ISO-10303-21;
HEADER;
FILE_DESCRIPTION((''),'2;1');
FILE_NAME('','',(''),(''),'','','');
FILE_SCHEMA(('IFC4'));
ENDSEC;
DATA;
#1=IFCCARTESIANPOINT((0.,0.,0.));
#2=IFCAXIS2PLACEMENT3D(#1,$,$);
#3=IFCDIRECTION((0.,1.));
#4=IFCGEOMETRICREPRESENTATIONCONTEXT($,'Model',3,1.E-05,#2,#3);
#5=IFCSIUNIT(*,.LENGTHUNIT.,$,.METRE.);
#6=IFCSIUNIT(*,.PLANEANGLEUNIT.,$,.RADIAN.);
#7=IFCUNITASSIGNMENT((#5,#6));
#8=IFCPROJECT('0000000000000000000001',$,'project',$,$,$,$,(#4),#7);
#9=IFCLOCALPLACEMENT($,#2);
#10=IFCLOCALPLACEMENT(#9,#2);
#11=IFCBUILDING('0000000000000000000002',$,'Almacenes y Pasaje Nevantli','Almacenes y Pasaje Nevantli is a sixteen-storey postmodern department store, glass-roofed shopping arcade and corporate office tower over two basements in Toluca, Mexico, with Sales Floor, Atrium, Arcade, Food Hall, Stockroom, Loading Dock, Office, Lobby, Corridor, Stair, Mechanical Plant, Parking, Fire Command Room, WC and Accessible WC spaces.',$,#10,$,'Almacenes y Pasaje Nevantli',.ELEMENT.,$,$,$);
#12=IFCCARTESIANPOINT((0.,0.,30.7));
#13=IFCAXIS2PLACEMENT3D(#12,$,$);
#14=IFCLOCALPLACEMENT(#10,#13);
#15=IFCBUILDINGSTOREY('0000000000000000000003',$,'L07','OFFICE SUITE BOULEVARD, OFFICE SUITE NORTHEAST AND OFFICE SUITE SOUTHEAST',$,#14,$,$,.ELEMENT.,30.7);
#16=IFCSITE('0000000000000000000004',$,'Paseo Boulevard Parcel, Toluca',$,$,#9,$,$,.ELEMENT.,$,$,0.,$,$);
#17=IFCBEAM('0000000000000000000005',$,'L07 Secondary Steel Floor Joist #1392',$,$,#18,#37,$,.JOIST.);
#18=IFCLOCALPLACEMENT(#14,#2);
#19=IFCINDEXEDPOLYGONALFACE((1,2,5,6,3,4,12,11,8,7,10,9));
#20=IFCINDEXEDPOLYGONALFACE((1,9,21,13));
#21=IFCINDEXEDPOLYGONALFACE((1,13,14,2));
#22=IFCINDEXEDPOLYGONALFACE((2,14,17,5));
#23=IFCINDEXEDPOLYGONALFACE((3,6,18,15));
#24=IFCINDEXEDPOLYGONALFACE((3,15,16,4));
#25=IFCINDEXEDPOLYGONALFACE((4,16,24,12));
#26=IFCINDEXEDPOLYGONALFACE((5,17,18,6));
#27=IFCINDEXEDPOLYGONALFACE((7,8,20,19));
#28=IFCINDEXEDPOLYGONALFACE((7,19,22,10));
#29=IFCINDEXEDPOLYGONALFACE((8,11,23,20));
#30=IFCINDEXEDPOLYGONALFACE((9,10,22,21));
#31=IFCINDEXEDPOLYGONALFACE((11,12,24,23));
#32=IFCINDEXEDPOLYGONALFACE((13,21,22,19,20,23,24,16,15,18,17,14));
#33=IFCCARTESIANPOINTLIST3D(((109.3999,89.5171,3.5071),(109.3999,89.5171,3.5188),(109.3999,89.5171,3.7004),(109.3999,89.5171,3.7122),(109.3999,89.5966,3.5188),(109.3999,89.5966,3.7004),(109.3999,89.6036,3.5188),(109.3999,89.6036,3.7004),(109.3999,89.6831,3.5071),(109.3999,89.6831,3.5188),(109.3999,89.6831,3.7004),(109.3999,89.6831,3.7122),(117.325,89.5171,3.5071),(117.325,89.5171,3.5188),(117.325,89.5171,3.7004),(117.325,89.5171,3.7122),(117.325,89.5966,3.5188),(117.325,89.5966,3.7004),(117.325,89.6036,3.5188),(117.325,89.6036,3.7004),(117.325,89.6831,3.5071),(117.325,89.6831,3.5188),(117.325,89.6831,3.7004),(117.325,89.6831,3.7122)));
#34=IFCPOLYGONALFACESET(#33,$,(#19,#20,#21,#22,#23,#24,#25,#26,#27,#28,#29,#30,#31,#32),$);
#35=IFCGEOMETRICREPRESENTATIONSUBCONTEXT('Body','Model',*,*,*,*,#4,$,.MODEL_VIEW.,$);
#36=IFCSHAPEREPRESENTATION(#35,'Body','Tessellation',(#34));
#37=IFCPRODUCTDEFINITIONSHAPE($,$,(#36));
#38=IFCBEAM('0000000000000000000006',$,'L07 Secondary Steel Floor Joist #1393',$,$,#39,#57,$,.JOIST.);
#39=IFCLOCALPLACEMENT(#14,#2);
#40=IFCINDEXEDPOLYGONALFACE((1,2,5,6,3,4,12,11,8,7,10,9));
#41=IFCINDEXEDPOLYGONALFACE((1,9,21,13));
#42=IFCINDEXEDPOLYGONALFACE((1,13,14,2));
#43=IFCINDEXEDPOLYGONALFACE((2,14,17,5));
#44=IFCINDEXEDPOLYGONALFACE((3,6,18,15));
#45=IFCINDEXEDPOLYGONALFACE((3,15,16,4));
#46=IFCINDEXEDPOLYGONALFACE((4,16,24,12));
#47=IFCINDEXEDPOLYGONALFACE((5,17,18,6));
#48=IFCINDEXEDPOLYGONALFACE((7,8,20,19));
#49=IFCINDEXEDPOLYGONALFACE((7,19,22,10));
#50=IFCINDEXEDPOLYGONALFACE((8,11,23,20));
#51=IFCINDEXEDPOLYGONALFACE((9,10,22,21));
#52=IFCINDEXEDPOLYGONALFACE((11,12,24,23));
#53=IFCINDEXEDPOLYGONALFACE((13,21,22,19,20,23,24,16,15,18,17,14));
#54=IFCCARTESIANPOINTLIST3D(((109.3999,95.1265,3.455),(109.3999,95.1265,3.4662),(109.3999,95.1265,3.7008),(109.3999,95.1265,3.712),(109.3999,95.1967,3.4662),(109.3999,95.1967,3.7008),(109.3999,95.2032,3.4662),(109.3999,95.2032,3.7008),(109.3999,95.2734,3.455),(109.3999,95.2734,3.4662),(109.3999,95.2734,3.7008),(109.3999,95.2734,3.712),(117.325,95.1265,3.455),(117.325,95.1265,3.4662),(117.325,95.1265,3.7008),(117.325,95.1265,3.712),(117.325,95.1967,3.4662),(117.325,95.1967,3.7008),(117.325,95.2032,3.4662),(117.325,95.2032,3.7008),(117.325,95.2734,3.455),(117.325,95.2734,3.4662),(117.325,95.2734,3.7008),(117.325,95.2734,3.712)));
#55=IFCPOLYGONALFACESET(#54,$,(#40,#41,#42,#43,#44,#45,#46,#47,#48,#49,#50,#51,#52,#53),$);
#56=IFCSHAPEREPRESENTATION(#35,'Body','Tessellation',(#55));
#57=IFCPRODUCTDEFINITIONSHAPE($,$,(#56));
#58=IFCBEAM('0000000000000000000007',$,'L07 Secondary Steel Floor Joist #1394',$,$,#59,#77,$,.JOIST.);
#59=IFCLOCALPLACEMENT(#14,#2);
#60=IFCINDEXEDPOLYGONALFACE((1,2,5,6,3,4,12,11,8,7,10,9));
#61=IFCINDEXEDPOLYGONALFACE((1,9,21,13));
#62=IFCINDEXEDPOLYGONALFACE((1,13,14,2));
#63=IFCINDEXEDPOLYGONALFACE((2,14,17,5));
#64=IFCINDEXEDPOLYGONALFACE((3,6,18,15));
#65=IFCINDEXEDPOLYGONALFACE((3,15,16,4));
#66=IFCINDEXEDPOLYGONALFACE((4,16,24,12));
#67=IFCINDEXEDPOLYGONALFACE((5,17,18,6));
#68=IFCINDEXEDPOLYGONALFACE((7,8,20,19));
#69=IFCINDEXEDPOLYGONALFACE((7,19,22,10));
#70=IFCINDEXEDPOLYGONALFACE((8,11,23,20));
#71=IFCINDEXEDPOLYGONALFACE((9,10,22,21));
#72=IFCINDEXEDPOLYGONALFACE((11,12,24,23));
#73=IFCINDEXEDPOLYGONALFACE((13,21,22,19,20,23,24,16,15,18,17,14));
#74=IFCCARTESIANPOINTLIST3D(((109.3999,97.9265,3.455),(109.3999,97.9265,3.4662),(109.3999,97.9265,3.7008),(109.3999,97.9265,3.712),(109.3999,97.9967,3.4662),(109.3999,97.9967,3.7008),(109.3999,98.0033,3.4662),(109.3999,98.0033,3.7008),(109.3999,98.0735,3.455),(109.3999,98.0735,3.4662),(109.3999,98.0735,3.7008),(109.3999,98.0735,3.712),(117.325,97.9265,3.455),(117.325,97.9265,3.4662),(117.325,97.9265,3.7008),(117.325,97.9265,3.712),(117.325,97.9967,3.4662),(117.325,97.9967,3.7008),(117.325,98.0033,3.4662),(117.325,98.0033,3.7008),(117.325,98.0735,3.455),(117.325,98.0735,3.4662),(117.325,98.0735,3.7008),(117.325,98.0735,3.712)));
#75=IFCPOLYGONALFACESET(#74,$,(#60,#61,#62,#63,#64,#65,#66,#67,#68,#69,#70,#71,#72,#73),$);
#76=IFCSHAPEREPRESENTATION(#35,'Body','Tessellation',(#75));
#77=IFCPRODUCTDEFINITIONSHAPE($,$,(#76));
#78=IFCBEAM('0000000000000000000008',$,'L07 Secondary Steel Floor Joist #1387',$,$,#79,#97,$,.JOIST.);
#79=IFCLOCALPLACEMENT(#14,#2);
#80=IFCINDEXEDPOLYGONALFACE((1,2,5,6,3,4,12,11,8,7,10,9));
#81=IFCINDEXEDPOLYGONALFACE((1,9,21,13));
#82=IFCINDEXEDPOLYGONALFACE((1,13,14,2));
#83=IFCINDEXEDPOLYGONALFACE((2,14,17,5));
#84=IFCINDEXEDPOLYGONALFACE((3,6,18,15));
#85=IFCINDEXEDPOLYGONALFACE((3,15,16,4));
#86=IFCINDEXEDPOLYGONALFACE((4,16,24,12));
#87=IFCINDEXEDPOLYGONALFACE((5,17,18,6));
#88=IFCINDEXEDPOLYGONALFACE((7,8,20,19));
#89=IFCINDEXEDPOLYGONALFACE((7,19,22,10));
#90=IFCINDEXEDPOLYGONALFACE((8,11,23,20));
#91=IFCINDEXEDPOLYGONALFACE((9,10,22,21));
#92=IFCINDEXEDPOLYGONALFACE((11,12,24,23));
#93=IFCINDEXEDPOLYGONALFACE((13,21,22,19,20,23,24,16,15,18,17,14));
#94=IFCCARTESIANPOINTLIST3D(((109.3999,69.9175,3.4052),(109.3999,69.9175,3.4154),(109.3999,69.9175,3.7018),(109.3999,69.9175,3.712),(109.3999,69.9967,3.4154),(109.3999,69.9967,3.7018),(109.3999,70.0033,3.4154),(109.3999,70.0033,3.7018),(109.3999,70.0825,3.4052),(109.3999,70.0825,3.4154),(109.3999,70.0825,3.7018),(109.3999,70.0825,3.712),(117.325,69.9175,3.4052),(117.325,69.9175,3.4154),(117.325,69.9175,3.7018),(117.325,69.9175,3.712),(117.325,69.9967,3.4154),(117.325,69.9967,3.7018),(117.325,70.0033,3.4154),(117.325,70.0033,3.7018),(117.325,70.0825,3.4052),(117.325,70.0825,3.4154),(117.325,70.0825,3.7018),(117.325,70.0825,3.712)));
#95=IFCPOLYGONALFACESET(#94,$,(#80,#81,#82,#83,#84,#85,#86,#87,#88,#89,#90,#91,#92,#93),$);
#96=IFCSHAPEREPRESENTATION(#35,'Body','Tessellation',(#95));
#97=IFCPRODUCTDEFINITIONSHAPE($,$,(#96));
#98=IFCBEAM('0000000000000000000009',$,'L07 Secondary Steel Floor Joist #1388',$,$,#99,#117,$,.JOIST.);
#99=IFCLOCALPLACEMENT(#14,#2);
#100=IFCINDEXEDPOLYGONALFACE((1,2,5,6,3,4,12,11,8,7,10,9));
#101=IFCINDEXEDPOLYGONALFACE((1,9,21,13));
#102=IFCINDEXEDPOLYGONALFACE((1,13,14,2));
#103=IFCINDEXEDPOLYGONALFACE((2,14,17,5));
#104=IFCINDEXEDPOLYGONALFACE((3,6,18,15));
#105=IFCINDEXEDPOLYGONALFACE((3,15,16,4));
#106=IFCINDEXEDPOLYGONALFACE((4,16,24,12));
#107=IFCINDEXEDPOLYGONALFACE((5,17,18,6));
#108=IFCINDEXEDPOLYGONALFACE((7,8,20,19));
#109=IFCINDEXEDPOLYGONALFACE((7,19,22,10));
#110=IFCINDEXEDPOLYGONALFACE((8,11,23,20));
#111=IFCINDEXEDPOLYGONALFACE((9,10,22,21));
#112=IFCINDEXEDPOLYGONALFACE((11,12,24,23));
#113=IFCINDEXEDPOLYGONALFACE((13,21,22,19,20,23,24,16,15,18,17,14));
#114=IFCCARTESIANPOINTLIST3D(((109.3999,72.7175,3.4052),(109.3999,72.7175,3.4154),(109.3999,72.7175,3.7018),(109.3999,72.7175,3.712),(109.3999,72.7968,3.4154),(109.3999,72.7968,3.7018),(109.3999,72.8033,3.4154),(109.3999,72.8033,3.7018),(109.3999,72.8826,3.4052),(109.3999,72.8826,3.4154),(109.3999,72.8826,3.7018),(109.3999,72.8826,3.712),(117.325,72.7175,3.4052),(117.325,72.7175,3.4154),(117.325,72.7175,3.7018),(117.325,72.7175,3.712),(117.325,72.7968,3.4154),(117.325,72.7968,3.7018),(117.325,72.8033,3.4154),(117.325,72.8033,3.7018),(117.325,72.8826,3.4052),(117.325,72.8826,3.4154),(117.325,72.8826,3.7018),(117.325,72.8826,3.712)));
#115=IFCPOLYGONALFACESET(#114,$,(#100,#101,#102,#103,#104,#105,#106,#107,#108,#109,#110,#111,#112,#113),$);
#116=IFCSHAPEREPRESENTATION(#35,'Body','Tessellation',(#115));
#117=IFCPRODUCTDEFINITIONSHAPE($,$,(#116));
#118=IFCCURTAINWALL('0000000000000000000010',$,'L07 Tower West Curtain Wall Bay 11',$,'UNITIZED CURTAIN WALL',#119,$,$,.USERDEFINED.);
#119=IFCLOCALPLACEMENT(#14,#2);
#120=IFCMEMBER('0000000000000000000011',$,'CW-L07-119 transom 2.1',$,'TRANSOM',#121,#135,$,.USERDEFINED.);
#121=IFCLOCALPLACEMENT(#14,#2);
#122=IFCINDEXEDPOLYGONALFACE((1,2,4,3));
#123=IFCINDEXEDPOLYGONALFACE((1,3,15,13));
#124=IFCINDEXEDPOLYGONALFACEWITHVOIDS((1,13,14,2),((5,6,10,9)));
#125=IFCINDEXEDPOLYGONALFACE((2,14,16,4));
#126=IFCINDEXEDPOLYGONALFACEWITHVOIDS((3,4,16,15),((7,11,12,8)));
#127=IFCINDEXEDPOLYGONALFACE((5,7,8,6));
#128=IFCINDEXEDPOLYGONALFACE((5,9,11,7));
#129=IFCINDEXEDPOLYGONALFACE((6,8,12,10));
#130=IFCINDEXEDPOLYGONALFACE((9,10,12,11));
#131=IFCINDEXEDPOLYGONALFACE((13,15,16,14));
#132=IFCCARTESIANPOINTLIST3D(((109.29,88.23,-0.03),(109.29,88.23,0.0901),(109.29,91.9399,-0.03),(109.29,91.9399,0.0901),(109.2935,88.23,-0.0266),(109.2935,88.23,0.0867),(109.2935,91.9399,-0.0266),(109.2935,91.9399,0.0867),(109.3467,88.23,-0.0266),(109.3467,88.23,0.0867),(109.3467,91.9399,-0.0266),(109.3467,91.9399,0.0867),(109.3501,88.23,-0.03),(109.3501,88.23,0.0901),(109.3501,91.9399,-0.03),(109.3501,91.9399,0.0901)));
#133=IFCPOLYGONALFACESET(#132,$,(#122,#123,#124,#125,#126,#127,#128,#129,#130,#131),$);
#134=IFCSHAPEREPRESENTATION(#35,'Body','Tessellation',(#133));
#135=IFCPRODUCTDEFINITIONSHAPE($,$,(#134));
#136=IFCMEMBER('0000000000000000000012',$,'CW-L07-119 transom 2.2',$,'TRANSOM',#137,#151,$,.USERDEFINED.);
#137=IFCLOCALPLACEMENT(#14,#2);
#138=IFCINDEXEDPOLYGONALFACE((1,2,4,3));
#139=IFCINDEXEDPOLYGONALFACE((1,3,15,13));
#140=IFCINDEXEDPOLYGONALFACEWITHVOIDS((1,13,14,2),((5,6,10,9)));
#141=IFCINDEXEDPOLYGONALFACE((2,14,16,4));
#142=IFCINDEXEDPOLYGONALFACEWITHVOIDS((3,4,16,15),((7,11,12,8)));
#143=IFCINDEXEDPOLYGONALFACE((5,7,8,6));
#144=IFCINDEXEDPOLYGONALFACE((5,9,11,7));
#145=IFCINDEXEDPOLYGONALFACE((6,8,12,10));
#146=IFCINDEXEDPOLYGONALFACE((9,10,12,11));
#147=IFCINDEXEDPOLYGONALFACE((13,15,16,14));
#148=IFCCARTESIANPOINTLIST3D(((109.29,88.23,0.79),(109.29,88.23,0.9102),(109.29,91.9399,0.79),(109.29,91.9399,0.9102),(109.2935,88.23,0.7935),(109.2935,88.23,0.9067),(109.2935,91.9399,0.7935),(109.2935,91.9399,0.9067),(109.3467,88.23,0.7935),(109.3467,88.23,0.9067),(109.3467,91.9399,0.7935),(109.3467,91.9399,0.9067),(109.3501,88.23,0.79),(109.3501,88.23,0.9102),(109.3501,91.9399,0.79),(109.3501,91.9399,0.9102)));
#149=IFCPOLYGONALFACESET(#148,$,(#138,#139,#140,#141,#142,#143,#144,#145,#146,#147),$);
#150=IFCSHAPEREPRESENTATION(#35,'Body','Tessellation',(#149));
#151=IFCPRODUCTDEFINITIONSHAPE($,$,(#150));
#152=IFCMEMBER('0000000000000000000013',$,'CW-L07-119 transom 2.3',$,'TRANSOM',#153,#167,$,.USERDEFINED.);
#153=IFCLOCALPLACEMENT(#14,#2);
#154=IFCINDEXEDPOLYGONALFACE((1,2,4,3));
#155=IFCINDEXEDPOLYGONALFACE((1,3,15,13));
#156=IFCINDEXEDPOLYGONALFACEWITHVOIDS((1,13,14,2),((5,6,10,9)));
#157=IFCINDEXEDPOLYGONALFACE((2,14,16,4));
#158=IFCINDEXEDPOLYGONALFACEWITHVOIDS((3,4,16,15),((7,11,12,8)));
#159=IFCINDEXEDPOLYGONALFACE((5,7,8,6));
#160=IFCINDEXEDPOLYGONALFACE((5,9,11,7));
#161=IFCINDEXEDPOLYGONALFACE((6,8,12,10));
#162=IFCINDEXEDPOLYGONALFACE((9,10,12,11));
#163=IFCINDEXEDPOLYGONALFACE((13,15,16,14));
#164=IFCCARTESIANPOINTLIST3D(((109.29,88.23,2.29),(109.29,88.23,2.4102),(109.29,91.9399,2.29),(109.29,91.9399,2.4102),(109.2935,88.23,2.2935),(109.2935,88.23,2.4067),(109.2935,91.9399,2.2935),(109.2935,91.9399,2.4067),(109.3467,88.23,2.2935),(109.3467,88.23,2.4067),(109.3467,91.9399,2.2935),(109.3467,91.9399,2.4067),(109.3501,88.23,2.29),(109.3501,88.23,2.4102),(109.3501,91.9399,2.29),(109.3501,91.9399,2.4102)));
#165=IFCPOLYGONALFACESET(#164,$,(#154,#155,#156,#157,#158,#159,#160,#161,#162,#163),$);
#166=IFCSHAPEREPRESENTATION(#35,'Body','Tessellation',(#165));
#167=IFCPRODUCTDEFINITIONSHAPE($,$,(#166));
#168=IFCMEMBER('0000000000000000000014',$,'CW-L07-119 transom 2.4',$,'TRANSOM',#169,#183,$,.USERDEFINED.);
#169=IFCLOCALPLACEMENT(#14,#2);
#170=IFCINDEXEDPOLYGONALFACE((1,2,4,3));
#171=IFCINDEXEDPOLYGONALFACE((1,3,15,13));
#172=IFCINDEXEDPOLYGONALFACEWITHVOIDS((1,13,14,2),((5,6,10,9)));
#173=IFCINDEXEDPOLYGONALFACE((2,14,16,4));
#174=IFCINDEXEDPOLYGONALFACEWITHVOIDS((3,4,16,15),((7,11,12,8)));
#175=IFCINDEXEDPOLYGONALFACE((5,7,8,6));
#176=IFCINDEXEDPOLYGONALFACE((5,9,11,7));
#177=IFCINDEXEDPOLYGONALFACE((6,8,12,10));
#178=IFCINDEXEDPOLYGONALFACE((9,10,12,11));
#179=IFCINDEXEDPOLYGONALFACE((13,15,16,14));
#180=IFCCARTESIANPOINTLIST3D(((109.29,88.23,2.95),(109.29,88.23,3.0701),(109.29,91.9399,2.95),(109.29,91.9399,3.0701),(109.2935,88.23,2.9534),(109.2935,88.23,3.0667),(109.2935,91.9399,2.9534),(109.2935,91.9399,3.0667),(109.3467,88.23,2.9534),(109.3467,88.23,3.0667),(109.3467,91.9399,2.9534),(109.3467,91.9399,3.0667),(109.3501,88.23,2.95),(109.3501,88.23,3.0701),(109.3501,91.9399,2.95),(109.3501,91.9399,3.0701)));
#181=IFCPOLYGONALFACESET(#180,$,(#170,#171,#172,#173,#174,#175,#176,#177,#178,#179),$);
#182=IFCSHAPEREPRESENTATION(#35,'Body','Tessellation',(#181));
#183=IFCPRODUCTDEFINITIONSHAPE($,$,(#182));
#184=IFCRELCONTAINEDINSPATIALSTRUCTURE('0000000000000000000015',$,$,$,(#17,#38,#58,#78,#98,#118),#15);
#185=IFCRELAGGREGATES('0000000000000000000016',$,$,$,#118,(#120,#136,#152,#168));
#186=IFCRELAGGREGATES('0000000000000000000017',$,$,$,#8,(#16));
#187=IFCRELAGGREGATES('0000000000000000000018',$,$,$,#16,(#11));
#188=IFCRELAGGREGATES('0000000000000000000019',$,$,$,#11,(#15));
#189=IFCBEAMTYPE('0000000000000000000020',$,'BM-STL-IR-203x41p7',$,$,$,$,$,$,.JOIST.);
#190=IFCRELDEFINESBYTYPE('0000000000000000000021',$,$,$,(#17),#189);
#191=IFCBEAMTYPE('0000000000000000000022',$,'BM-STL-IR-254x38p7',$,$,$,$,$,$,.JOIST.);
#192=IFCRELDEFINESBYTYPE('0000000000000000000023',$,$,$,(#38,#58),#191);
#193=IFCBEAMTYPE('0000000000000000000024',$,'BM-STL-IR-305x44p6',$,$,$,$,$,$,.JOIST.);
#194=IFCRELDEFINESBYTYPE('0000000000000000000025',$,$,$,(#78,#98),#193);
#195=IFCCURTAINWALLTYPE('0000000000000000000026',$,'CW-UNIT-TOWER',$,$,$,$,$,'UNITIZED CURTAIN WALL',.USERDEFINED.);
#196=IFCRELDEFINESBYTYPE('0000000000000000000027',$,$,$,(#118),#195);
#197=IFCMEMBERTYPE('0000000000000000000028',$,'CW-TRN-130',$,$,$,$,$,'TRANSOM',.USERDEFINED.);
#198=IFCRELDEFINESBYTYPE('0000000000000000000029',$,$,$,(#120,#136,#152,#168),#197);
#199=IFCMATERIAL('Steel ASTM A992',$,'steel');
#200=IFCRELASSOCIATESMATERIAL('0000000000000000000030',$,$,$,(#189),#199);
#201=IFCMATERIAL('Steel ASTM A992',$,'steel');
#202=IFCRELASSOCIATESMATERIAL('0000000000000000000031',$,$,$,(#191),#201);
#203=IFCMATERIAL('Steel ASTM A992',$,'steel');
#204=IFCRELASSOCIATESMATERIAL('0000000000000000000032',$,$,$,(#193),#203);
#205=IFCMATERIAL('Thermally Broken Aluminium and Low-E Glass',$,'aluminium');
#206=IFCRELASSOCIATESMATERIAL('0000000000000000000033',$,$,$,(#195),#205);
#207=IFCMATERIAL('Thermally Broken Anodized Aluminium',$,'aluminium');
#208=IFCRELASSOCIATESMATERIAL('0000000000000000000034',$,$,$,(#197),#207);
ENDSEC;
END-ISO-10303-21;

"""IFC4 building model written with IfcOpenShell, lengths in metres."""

from ifc_helpers import new_model, si_unit, direction, frame, origin, origin_2d, place, context, subcontext, project, spatial, hollow_rectangle, i_section, extrude, material, material_profile, profile_set, type_object, element, aggregate, save


model = new_model("IFC4")

# Units and contexts
model_context = context("Model", 3, precision=1e-05, world=origin(), true_north=direction((0.0, 1.0)))
body_context = subcontext(model_context, "Body", "Model", "MODEL_VIEW")
ifc_project = project(units=[si_unit("LENGTHUNIT", "METRE"), si_unit("PLANEANGLEUNIT", "RADIAN")], contexts=[model_context])

# Site, building, storey
site_placement = place(None, origin())
site = spatial("IfcSite", under=ifc_project, at=site_placement, Name="Paseo Boulevard Parcel, Toluca", CompositionType="ELEMENT", RefElevation=0.0)
building_placement = place(site_placement, origin())
building = spatial("IfcBuilding", under=site, at=building_placement, Name="Almacenes y Pasaje Nevantli", Description="Almacenes y Pasaje Nevantli is a sixteen-storey postmodern department store, glass-roofed shopping arcade and corporate office tower over two basements in Toluca, Mexico, with Sales Floor, Atrium, Arcade, Food Hall, Stockroom, Loading Dock, Office, Lobby, Corridor, Stair, Mechanical Plant, Parking, Fire Command Room, WC and Accessible WC spaces.", LongName="Almacenes y Pasaje Nevantli", CompositionType="ELEMENT")
storey_placement = place(building_placement, frame((0.0, 0.0, 30.7)))
storey = spatial("IfcBuildingStorey", under=building, at=storey_placement, Name="L07", Description="OFFICE SUITE BOULEVARD, OFFICE SUITE NORTHEAST AND OFFICE SUITE SOUTHEAST", CompositionType="ELEMENT", Elevation=30.7)

# Beams
ifc_material_1 = material(Name="Steel ASTM A992", Category="steel")
ifc_material_profile_1 = material_profile(ifc_material_1, i_section(OverallWidth=0.166, OverallDepth=0.2051, WebThickness=0.0071, FlangeThickness=0.0117, at=origin_2d()), Name="IR 203x41.7")
ifc_profile_set_1 = profile_set([ifc_material_profile_1], Name="Steel ASTM A992")
beam_type_1 = type_object("IfcBeamType", Name="BM-STL-IR-203x41p7", PredefinedType="JOIST", material=ifc_profile_set_1)
for number, where, z_axis, x_axis, name in (
    (1, (109.3999, 89.6001, 3.6096), (1.0, 0.0, 0.0), (0.0, 1.0, 0.0), "L07 Secondary Steel Floor Joist #1392"),
):
    element("IfcBeam", number, at=place(storey_placement, frame(where, z_axis=z_axis, x_axis=x_axis)), inside=storey, type_object=beam_type_1, Name=name, PredefinedType="JOIST", context=body_context, shape_type="SweptSolid", body=[
        extrude(i_section(OverallWidth=0.166, OverallDepth=0.2051, WebThickness=0.0071, FlangeThickness=0.0117, at=origin_2d()), origin(), (0.0, 0.0, 1.0), 7.925),
    ])
ifc_material_2 = material(Name="Steel ASTM A992", Category="steel")
ifc_material_profile_2 = material_profile(ifc_material_2, i_section(OverallWidth=0.147, OverallDepth=0.2571, WebThickness=0.0066, FlangeThickness=0.0112, at=origin_2d()), Name="IR 254x38.7")
ifc_profile_set_2 = profile_set([ifc_material_profile_2], Name="Steel ASTM A992")
beam_type_2 = type_object("IfcBeamType", Name="BM-STL-IR-254x38p7", PredefinedType="JOIST", material=ifc_profile_set_2)
for number, where, z_axis, x_axis, name in (
    (2, (109.3999, 95.2, 3.5835), (1.0, 0.0, 0.0), (0.0, 1.0, 0.0), "L07 Secondary Steel Floor Joist #1393"),
    (3, (109.3999, 98.0, 3.5835), (1.0, 0.0, 0.0), (0.0, 1.0, 0.0), "L07 Secondary Steel Floor Joist #1394"),
):
    element("IfcBeam", number, at=place(storey_placement, frame(where, z_axis=z_axis, x_axis=x_axis)), inside=storey, type_object=beam_type_2, Name=name, PredefinedType="JOIST", context=body_context, shape_type="SweptSolid", body=[
        extrude(i_section(OverallWidth=0.147, OverallDepth=0.2571, WebThickness=0.0066, FlangeThickness=0.0112, at=origin_2d()), origin(), (0.0, 0.0, 1.0), 7.925),
    ])
ifc_material_3 = material(Name="Steel ASTM A992", Category="steel")
ifc_material_profile_3 = material_profile(ifc_material_3, i_section(OverallWidth=0.165, OverallDepth=0.3069, WebThickness=0.0066, FlangeThickness=0.0103, at=origin_2d()), Name="IR 305x44.6")
ifc_profile_set_3 = profile_set([ifc_material_profile_3], Name="Steel ASTM A992")
beam_type_3 = type_object("IfcBeamType", Name="BM-STL-IR-305x44p6", PredefinedType="JOIST", material=ifc_profile_set_3)
for number, where, z_axis, x_axis, name in (
    (4, (109.3999, 70.0, 3.5586), (1.0, 0.0, 0.0), (0.0, 1.0, 0.0), "L07 Secondary Steel Floor Joist #1387"),
    (5, (109.3999, 72.8, 3.5586), (1.0, 0.0, 0.0), (0.0, 1.0, 0.0), "L07 Secondary Steel Floor Joist #1388"),
):
    element("IfcBeam", number, at=place(storey_placement, frame(where, z_axis=z_axis, x_axis=x_axis)), inside=storey, type_object=beam_type_3, Name=name, PredefinedType="JOIST", context=body_context, shape_type="SweptSolid", body=[
        extrude(i_section(OverallWidth=0.165, OverallDepth=0.3069, WebThickness=0.0066, FlangeThickness=0.0103, at=origin_2d()), origin(), (0.0, 0.0, 1.0), 7.925),
    ])

# Curtain wall, members
ifc_material_4 = material(Name="Thermally Broken Aluminium and Low-E Glass", Category="aluminium")
curtain_wall_type = type_object("IfcCurtainWallType", Name="CW-UNIT-TOWER", ElementType="UNITIZED CURTAIN WALL", PredefinedType="USERDEFINED", material=ifc_material_4)
curtain_wall_placement = place(storey_placement, origin())
curtain_wall = element("IfcCurtainWall", 6, at=curtain_wall_placement, inside=storey, type_object=curtain_wall_type, Name="L07 Tower West Curtain Wall Bay 11", ObjectType="UNITIZED CURTAIN WALL", PredefinedType="USERDEFINED")
ifc_material_5 = material(Name="Thermally Broken Anodized Aluminium", Category="aluminium")
ifc_material_profile_4 = material_profile(ifc_material_5, hollow_rectangle(XDim=0.0601, YDim=0.1201, WallThickness=0.0034, at=origin_2d()), Name="ALU-TRN-60x120")
ifc_profile_set_4 = profile_set([ifc_material_profile_4], Name="Thermally Broken Anodized Aluminium")
member_type = type_object("IfcMemberType", Name="CW-TRN-130", ElementType="TRANSOM", PredefinedType="USERDEFINED", material=ifc_profile_set_4)
member_1_placement = place(storey_placement, frame((109.3201, 88.23, 0.03), z_axis=(0.0, 1.0, 0.0), x_axis=(-1.0, 0.0, 0.0)))
member_1 = element("IfcMember", 7, at=member_1_placement, type_object=member_type, Name="CW-L07-119 transom 2.1", ObjectType="TRANSOM", PredefinedType="USERDEFINED", context=body_context, shape_type="SweptSolid", body=[
    extrude(hollow_rectangle(XDim=0.0601, YDim=0.1201, WallThickness=0.0034, at=origin_2d()), origin(), (0.0, 0.0, 1.0), 3.71),
])
member_2_placement = place(storey_placement, frame((109.3201, 88.23, 0.8501), z_axis=(0.0, 1.0, 0.0), x_axis=(-1.0, 0.0, 0.0)))
member_2 = element("IfcMember", 8, at=member_2_placement, type_object=member_type, Name="CW-L07-119 transom 2.2", ObjectType="TRANSOM", PredefinedType="USERDEFINED", context=body_context, shape_type="SweptSolid", body=[
    extrude(hollow_rectangle(XDim=0.0601, YDim=0.1201, WallThickness=0.0034, at=origin_2d()), origin(), (0.0, 0.0, 1.0), 3.71),
])
member_3_placement = place(storey_placement, frame((109.3201, 88.23, 2.3501), z_axis=(0.0, 1.0, 0.0), x_axis=(-1.0, 0.0, 0.0)))
member_3 = element("IfcMember", 9, at=member_3_placement, type_object=member_type, Name="CW-L07-119 transom 2.3", ObjectType="TRANSOM", PredefinedType="USERDEFINED", context=body_context, shape_type="SweptSolid", body=[
    extrude(hollow_rectangle(XDim=0.0601, YDim=0.1201, WallThickness=0.0034, at=origin_2d()), origin(), (0.0, 0.0, 1.0), 3.71),
])
member_4_placement = place(storey_placement, frame((109.3201, 88.23, 3.01), z_axis=(0.0, 1.0, 0.0), x_axis=(-1.0, 0.0, 0.0)))
member_4 = element("IfcMember", 10, at=member_4_placement, type_object=member_type, Name="CW-L07-119 transom 2.4", ObjectType="TRANSOM", PredefinedType="USERDEFINED", context=body_context, shape_type="SweptSolid", body=[
    extrude(hollow_rectangle(XDim=0.0601, YDim=0.1201, WallThickness=0.0034, at=origin_2d()), origin(), (0.0, 0.0, 1.0), 3.71),
])
aggregate(curtain_wall, [member_1, member_2, member_3, member_4])

save(model, "model.ifc")
